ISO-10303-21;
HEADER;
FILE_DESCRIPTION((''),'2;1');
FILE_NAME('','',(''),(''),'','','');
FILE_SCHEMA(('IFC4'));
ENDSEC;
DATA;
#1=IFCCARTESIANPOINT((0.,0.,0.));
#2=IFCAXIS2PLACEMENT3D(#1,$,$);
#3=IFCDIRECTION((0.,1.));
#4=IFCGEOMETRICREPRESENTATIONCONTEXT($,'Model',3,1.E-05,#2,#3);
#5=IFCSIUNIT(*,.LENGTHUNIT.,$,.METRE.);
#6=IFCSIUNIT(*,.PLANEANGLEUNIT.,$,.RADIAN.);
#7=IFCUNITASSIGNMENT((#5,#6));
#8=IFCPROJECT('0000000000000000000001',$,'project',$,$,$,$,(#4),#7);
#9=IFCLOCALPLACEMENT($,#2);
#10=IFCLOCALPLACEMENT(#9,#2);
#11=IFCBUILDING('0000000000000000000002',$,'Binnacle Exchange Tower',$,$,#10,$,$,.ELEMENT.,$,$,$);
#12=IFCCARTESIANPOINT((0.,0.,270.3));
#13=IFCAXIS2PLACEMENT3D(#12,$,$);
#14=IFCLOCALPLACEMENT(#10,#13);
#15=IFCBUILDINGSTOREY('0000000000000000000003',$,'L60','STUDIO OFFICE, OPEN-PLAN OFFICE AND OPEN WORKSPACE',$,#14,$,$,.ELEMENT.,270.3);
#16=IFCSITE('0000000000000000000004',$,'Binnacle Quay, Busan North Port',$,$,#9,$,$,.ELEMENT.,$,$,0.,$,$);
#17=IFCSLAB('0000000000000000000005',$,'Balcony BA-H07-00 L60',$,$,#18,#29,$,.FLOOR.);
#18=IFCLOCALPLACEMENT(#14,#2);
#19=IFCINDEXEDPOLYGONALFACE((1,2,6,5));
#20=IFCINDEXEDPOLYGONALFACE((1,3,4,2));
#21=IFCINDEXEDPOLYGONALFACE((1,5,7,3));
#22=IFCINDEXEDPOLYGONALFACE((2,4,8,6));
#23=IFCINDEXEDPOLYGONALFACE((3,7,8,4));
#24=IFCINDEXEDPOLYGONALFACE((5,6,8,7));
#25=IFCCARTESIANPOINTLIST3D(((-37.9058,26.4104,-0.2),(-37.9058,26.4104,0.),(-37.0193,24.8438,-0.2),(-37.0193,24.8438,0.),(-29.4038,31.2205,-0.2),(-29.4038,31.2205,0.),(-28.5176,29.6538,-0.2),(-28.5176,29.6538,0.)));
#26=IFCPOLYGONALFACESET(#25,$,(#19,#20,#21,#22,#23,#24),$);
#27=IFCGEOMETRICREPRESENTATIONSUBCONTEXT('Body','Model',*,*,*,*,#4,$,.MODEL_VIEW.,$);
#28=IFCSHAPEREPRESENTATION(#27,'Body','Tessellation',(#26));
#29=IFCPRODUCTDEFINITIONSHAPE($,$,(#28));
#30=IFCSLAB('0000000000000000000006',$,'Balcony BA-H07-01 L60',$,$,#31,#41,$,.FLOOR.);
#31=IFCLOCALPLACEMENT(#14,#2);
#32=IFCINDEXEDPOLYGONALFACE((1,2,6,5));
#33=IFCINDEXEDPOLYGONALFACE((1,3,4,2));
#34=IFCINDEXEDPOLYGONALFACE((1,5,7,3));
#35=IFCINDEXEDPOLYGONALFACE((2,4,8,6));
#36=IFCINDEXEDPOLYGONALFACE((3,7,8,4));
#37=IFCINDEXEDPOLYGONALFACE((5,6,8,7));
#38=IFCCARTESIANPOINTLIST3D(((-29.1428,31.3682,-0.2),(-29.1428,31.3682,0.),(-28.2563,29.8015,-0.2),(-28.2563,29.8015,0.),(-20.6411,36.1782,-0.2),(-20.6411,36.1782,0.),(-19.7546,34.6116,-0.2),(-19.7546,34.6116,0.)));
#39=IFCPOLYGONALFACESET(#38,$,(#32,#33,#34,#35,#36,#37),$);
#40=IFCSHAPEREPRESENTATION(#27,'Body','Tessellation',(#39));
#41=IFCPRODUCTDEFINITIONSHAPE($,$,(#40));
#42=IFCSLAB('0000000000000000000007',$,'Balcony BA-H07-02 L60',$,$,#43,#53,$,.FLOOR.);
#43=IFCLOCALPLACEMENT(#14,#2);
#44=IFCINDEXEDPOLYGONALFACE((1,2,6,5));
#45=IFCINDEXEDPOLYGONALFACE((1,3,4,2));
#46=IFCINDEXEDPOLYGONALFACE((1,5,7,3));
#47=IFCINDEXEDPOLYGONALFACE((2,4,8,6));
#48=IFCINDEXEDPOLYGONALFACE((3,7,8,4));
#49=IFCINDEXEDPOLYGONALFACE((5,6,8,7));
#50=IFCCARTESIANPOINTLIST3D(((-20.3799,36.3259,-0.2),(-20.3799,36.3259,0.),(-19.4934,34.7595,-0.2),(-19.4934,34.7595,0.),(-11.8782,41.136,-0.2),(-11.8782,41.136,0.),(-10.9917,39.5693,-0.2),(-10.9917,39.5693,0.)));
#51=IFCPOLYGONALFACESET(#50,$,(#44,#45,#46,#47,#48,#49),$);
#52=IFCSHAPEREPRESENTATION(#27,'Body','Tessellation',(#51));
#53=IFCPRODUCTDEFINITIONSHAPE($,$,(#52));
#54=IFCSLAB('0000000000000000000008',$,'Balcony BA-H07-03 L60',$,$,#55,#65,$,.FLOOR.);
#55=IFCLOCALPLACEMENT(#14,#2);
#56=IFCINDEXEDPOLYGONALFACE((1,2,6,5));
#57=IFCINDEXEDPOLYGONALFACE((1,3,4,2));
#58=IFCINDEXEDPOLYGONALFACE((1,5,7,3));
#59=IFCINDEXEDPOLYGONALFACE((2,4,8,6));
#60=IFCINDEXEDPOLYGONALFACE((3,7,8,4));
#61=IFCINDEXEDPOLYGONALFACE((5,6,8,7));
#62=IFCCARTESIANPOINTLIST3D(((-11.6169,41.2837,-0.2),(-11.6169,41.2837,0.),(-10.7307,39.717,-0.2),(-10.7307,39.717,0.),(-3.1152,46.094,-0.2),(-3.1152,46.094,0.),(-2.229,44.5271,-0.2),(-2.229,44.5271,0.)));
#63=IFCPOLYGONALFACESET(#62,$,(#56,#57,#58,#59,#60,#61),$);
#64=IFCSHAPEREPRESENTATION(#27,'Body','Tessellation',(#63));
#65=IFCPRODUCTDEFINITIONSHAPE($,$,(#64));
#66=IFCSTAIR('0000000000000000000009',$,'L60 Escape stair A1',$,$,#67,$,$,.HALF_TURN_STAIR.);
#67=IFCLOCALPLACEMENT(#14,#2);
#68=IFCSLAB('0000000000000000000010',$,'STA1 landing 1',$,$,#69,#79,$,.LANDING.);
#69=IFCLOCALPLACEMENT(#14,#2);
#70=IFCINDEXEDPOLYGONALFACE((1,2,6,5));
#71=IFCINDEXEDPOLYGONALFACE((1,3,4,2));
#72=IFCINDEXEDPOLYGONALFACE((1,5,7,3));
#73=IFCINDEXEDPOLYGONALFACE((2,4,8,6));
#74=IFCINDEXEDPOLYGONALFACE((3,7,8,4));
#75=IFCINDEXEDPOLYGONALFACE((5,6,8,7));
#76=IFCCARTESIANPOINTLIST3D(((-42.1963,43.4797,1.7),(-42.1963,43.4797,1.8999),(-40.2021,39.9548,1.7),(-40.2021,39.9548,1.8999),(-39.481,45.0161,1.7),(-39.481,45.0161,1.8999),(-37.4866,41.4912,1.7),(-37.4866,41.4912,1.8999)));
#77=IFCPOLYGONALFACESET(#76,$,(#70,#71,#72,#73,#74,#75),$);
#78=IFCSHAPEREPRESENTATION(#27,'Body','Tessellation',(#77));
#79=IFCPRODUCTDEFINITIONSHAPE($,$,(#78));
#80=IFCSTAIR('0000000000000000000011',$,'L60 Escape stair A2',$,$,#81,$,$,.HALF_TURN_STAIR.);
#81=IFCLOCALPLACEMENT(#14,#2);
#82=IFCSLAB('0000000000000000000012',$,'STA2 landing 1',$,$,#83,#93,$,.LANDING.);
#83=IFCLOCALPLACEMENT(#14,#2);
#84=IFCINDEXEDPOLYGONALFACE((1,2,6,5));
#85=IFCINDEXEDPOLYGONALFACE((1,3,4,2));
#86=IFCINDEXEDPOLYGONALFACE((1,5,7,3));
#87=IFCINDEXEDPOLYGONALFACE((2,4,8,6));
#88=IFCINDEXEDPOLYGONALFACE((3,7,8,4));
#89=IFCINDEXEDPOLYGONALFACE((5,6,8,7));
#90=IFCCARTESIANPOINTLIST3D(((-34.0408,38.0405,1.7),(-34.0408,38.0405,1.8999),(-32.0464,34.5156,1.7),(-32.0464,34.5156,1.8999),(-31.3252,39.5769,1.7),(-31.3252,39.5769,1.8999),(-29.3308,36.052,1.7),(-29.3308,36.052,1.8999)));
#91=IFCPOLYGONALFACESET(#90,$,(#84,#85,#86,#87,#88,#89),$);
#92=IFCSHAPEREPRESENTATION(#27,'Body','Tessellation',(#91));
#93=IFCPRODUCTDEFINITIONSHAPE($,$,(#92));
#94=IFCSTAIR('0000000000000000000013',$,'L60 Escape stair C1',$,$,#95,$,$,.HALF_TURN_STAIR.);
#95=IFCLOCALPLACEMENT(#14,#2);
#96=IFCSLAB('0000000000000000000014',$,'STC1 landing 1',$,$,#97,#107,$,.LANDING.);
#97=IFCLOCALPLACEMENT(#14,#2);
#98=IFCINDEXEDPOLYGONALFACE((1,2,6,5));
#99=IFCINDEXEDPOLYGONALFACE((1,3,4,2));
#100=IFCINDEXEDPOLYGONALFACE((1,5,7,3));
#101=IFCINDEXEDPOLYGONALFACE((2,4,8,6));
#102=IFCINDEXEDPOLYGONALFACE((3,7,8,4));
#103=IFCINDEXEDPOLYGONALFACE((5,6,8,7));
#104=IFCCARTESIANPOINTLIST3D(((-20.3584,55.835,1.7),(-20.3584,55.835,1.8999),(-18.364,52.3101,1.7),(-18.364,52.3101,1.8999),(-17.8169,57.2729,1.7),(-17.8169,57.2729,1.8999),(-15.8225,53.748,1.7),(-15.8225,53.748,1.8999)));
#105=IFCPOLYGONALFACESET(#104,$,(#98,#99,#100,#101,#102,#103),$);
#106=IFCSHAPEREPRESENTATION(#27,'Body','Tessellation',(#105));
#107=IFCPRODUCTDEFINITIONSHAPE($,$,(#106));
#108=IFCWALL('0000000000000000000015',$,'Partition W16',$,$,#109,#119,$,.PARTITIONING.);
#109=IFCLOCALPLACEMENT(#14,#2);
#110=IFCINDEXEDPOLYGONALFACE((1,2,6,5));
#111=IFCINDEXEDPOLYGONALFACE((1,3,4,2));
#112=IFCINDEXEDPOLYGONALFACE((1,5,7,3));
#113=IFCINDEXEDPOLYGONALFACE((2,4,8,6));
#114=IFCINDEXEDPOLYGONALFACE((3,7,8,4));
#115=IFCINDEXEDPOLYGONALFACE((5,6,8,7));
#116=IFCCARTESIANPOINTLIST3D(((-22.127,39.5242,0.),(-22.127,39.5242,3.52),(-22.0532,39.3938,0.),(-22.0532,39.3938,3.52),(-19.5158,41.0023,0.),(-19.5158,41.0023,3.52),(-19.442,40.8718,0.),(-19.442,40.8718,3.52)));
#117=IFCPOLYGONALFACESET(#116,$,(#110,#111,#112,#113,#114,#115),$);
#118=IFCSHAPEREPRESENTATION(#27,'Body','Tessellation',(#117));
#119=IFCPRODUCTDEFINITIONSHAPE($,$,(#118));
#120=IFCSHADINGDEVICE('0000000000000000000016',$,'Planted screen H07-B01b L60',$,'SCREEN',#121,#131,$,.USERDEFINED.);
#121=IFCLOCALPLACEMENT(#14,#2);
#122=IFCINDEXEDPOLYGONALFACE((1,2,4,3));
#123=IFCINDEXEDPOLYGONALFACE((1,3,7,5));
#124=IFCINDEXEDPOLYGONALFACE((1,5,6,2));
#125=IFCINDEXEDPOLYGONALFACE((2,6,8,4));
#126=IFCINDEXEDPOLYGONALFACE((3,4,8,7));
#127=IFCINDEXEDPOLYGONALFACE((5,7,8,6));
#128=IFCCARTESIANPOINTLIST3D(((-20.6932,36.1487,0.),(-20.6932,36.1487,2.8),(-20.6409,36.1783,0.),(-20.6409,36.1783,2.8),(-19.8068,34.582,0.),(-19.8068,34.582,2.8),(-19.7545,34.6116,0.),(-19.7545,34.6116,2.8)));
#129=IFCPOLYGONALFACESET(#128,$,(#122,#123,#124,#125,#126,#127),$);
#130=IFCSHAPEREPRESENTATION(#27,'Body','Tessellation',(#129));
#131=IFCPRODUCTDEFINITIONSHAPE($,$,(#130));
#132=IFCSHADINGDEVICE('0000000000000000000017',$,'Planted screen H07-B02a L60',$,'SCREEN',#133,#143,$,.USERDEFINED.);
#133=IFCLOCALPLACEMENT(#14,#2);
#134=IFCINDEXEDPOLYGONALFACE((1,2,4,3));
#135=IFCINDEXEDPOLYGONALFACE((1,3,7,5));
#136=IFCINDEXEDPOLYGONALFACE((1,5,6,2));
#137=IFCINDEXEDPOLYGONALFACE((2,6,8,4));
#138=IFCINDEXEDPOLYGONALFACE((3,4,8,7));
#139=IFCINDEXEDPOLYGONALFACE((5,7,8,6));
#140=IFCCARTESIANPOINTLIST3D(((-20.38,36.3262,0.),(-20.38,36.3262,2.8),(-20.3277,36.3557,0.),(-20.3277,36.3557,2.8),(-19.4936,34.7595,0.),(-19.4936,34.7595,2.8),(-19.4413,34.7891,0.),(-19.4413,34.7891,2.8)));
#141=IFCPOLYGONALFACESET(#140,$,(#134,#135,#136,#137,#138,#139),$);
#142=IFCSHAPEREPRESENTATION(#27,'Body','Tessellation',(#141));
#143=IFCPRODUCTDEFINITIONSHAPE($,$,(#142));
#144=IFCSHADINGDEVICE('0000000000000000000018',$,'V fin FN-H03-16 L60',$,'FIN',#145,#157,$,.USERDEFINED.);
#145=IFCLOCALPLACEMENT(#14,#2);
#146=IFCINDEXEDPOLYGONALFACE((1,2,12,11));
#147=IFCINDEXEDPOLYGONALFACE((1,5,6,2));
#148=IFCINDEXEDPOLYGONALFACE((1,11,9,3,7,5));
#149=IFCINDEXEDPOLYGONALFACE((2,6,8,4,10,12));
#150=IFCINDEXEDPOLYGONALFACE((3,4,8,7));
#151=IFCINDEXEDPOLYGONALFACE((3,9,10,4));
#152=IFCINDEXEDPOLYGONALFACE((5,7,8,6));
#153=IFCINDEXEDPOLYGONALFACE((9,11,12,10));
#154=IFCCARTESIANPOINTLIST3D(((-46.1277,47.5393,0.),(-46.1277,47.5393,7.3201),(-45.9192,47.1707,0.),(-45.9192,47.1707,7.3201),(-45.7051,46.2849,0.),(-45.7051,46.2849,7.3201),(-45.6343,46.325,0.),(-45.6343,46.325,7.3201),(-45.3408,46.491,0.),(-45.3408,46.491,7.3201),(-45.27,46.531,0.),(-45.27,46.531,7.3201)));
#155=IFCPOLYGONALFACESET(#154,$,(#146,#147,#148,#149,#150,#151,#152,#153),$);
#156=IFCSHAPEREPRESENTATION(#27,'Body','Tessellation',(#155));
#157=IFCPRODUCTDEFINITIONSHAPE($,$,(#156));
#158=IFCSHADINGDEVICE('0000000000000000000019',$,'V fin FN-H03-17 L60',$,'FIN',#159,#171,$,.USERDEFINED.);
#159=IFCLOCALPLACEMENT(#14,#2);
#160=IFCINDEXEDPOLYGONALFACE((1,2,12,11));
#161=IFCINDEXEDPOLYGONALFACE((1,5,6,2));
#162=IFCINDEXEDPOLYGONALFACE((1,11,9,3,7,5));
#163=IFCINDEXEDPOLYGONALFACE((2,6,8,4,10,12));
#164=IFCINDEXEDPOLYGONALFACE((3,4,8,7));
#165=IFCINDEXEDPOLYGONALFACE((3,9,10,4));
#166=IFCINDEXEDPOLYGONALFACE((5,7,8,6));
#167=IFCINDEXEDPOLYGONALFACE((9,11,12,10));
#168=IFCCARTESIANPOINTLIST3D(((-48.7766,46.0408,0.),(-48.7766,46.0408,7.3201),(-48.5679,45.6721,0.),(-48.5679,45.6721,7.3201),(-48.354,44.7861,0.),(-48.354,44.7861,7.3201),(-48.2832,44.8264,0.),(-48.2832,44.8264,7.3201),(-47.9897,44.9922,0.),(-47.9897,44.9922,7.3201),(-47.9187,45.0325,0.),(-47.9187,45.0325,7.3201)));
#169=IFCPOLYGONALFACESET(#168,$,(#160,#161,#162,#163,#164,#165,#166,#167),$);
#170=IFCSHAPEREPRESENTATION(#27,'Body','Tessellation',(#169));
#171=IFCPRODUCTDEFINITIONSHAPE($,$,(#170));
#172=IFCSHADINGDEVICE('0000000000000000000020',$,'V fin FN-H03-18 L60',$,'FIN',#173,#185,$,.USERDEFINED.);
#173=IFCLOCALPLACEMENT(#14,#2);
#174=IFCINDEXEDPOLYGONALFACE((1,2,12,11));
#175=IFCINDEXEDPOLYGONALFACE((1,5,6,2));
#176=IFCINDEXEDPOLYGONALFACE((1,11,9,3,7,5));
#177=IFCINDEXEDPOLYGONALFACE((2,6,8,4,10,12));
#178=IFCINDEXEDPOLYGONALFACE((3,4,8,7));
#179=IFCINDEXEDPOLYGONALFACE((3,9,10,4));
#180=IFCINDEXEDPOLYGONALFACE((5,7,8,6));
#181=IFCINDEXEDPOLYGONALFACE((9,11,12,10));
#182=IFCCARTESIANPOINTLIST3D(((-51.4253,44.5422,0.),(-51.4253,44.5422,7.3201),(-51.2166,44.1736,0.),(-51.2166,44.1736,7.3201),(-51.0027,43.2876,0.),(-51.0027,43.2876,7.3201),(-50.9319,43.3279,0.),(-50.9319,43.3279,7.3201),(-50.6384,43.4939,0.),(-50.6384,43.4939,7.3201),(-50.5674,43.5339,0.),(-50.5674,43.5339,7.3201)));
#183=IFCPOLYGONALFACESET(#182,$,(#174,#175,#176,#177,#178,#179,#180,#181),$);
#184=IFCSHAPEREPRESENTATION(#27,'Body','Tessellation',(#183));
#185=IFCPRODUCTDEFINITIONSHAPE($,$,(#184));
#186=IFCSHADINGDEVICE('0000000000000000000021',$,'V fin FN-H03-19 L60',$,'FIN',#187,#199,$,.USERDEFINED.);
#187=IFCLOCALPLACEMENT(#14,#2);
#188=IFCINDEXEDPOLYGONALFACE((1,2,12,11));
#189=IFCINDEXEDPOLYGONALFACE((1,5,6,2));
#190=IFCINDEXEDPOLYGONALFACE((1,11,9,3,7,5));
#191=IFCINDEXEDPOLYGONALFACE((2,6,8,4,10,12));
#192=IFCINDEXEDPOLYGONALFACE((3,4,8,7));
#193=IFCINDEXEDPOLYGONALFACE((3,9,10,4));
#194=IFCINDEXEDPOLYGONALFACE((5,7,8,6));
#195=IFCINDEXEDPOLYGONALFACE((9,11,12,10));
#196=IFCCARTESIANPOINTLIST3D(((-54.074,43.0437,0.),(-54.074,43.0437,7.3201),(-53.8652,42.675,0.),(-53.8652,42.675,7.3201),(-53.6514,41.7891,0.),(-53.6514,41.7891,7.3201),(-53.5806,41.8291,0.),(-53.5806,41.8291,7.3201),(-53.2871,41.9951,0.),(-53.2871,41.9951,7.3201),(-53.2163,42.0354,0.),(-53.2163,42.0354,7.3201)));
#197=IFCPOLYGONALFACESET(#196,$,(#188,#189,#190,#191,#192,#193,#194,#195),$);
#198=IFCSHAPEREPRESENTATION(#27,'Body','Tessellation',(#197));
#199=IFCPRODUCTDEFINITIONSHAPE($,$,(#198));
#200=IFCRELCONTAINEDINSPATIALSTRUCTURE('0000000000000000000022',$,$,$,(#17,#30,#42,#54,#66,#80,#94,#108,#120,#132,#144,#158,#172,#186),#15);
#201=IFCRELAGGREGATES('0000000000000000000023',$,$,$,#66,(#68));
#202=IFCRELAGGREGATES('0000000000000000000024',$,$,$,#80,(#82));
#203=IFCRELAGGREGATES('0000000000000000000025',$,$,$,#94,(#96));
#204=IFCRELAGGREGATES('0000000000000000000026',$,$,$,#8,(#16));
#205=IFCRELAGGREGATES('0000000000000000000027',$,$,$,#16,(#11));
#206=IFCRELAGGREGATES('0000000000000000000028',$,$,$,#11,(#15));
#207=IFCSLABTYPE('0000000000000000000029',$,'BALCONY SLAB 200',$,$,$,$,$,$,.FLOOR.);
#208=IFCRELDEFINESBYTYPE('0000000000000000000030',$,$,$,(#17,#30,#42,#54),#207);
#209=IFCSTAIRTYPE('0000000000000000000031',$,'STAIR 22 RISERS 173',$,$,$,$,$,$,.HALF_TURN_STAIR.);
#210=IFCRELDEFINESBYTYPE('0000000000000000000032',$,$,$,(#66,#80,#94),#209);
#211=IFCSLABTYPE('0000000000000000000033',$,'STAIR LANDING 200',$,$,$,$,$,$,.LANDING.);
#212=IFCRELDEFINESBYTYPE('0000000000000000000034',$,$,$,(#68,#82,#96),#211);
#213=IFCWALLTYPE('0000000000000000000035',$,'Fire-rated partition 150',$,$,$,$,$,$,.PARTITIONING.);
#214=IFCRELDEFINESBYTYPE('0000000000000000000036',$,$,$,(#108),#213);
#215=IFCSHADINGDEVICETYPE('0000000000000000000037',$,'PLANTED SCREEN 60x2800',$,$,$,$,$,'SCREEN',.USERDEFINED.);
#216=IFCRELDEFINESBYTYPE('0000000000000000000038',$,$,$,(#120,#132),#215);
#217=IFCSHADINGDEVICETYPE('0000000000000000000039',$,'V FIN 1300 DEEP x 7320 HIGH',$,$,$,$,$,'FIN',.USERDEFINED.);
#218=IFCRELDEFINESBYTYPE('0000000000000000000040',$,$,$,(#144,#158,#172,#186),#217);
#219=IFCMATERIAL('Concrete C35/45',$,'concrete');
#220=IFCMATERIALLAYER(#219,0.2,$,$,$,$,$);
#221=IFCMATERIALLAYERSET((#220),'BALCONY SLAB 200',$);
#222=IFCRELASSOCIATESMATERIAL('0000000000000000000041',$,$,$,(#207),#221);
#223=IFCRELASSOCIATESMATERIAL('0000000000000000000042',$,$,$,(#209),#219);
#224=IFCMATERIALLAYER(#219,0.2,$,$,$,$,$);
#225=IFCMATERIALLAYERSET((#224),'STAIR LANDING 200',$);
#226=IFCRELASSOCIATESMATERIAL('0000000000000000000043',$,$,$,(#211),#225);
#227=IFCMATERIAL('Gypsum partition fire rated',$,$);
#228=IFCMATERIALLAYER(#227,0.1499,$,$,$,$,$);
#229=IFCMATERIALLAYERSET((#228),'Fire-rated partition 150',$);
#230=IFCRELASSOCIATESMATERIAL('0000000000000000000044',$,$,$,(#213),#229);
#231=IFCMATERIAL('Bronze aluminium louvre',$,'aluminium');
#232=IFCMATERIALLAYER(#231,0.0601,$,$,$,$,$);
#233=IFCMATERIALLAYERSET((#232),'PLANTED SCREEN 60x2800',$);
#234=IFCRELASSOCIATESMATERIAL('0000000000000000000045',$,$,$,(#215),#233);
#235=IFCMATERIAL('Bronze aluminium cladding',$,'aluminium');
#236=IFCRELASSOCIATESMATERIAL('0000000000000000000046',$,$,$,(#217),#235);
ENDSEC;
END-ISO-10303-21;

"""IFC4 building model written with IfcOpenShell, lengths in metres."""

from ifc_helpers import new_model, si_unit, direction, frame, frame_2d, origin, origin_2d, place, context, subcontext, project, spatial, polyline, rectangle, outline, extrude, material, layer, layer_set, type_object, element, aggregate, save


model = new_model("IFC4")

# Units and contexts
model_context = context("Model", 3, precision=1e-05, world=origin(), true_north=direction((0.0, 1.0)))
body_context = subcontext(model_context, "Body", "Model", "MODEL_VIEW")
ifc_project = project(units=[si_unit("LENGTHUNIT", "METRE"), si_unit("PLANEANGLEUNIT", "RADIAN")], contexts=[model_context])

# Site, building, storey
site_placement = place(None, origin())
site = spatial("IfcSite", under=ifc_project, at=site_placement, Name="Binnacle Quay, Busan North Port", CompositionType="ELEMENT", RefElevation=0.0)
building_placement = place(site_placement, origin())
building = spatial("IfcBuilding", under=site, at=building_placement, Name="Binnacle Exchange Tower", CompositionType="ELEMENT")
storey_placement = place(building_placement, frame((0.0, 0.0, 270.3)))
storey = spatial("IfcBuildingStorey", under=building, at=storey_placement, Name="L60", Description="STUDIO OFFICE, OPEN-PLAN OFFICE AND OPEN WORKSPACE", CompositionType="ELEMENT", Elevation=270.3)

# Slabs
ifc_material_1 = material(Name="Concrete C35/45", Category="concrete")
ifc_layer_1 = layer(ifc_material_1, 0.2)
ifc_layer_set_1 = layer_set([ifc_layer_1], Name="BALCONY SLAB 200")
slab_type_1 = type_object("IfcSlabType", Name="BALCONY SLAB 200", PredefinedType="FLOOR", material=ifc_layer_set_1)
slab_1_placement = place(storey_placement, frame((0.0, 0.0, -0.2)))
element("IfcSlab", 1, at=slab_1_placement, inside=storey, type_object=slab_type_1, Name="Balcony BA-H07-00 L60", PredefinedType="FLOOR", context=body_context, shape_type="SweptSolid", body=[
    extrude(outline(polyline([(-37.9058, 26.4104), (-29.4038, 31.2205), (-28.5176, 29.6538), (-37.0193, 24.8438), (-37.9058, 26.4104)])), origin(), (0.0, 0.0, 1.0), 0.2),
])
slab_2_placement = place(storey_placement, frame((0.0, 0.0, -0.2)))
element("IfcSlab", 2, at=slab_2_placement, inside=storey, type_object=slab_type_1, Name="Balcony BA-H07-01 L60", PredefinedType="FLOOR", context=body_context, shape_type="SweptSolid", body=[
    extrude(outline(polyline([(-29.1428, 31.3682), (-20.6411, 36.1782), (-19.7546, 34.6116), (-28.2563, 29.8015), (-29.1428, 31.3682)])), origin(), (0.0, 0.0, 1.0), 0.2),
])
slab_3_placement = place(storey_placement, frame((0.0, 0.0, -0.2)))
element("IfcSlab", 3, at=slab_3_placement, inside=storey, type_object=slab_type_1, Name="Balcony BA-H07-02 L60", PredefinedType="FLOOR", context=body_context, shape_type="SweptSolid", body=[
    extrude(outline(polyline([(-20.3799, 36.3259), (-11.8782, 41.136), (-10.9917, 39.5693), (-19.4934, 34.7595), (-20.3799, 36.3259)])), origin(), (0.0, 0.0, 1.0), 0.2),
])
slab_4_placement = place(storey_placement, frame((0.0, 0.0, -0.2)))
element("IfcSlab", 4, at=slab_4_placement, inside=storey, type_object=slab_type_1, Name="Balcony BA-H07-03 L60", PredefinedType="FLOOR", context=body_context, shape_type="SweptSolid", body=[
    extrude(outline(polyline([(-11.6169, 41.2837), (-3.1152, 46.094), (-2.229, 44.5271), (-10.7307, 39.717), (-11.6169, 41.2837)])), origin(), (0.0, 0.0, 1.0), 0.2),
])

# Stairs, slabs
stair_type = type_object("IfcStairType", Name="STAIR 22 RISERS 173", PredefinedType="HALF_TURN_STAIR", material=ifc_material_1)
stair_1_placement = place(storey_placement, origin())
stair_1 = element("IfcStair", 5, at=stair_1_placement, inside=storey, type_object=stair_type, Name="L60 Escape stair A1", PredefinedType="HALF_TURN_STAIR")
ifc_layer_2 = layer(ifc_material_1, 0.2)
ifc_layer_set_2 = layer_set([ifc_layer_2], Name="STAIR LANDING 200")
slab_type_2 = type_object("IfcSlabType", Name="STAIR LANDING 200", PredefinedType="LANDING", material=ifc_layer_set_2)
slab_5_placement = place(storey_placement, frame((0.0, 0.0, 1.7)))
slab_5 = element("IfcSlab", 6, at=slab_5_placement, type_object=slab_type_2, Name="STA1 landing 1", PredefinedType="LANDING", context=body_context, shape_type="SweptSolid", body=[
    extrude(outline(polyline([(-40.2021, 39.9548), (-37.4866, 41.4912), (-39.481, 45.0161), (-42.1963, 43.4797), (-40.2021, 39.9548)])), origin(), (0.0, 0.0, 1.0), 0.2),
])
aggregate(stair_1, [slab_5])
stair_2_placement = place(storey_placement, origin())
stair_2 = element("IfcStair", 7, at=stair_2_placement, inside=storey, type_object=stair_type, Name="L60 Escape stair A2", PredefinedType="HALF_TURN_STAIR")
slab_6_placement = place(storey_placement, frame((0.0, 0.0, 1.7)))
slab_6 = element("IfcSlab", 8, at=slab_6_placement, type_object=slab_type_2, Name="STA2 landing 1", PredefinedType="LANDING", context=body_context, shape_type="SweptSolid", body=[
    extrude(outline(polyline([(-31.3252, 39.5769), (-34.0408, 38.0405), (-32.0464, 34.5156), (-29.3308, 36.052), (-31.3252, 39.5769)])), origin(), (0.0, 0.0, 1.0), 0.2),
])
aggregate(stair_2, [slab_6])
stair_3_placement = place(storey_placement, origin())
stair_3 = element("IfcStair", 9, at=stair_3_placement, inside=storey, type_object=stair_type, Name="L60 Escape stair C1", PredefinedType="HALF_TURN_STAIR")
slab_7_placement = place(storey_placement, frame((0.0, 0.0, 1.7)))
slab_7 = element("IfcSlab", 10, at=slab_7_placement, type_object=slab_type_2, Name="STC1 landing 1", PredefinedType="LANDING", context=body_context, shape_type="SweptSolid", body=[
    extrude(outline(polyline([(-18.364, 52.3101), (-15.8225, 53.748), (-17.8169, 57.2729), (-20.3584, 55.835), (-18.364, 52.3101)])), origin(), (0.0, 0.0, 1.0), 0.2),
])
aggregate(stair_3, [slab_7])

# Wall
ifc_material_2 = material(Name="Gypsum partition fire rated")
ifc_layer_3 = layer(ifc_material_2, 0.1499)
ifc_layer_set_3 = layer_set([ifc_layer_3], Name="Fire-rated partition 150")
wall_type = type_object("IfcWallType", Name="Fire-rated partition 150", PredefinedType="PARTITIONING", material=ifc_layer_set_3)
wall_placement = place(storey_placement, frame((-22.0901, 39.459, 0.0), z_axis=(0.0, 0.0, 1.0), x_axis=(0.870249, 0.492612, 0.0)))
element("IfcWall", 11, at=wall_placement, inside=storey, type_object=wall_type, Name="Partition W16", PredefinedType="PARTITIONING", context=body_context, shape_type="SweptSolid", body=[
    extrude(rectangle(XDim=3.0005, YDim=0.1499, at=frame_2d((1.5002, 0.0))), origin(), (0.0, 0.0, 1.0), 3.52),
])

# Shading devices
ifc_material_3 = material(Name="Bronze aluminium louvre", Category="aluminium")
ifc_layer_4 = layer(ifc_material_3, 0.0601)
ifc_layer_set_4 = layer_set([ifc_layer_4], Name="PLANTED SCREEN 60x2800")
shading_device_type_1 = type_object("IfcShadingDeviceType", Name="PLANTED SCREEN 60x2800", ElementType="SCREEN", PredefinedType="USERDEFINED", material=ifc_layer_set_4)
for number, where, z_axis, x_axis, name in (
    (12, (-20.2239, 35.3801, 0.0), (0.0, 0.0, 1.0), (0.870356, 0.492424, 0.0), "Planted screen H07-B01b L60"),
    (13, (-19.9106, 35.5576, 0.0), (0.0, 0.0, 1.0), (0.870356, 0.492424, 0.0), "Planted screen H07-B02a L60"),
):
    element("IfcShadingDevice", number, at=place(storey_placement, frame(where, z_axis=z_axis, x_axis=x_axis)), inside=storey, type_object=shading_device_type_1, Name=name, ObjectType="SCREEN", PredefinedType="USERDEFINED", context=body_context, shape_type="SweptSolid", body=[
        extrude(rectangle(XDim=0.0601, YDim=1.8, at=origin_2d()), origin(), (0.0, 0.0, 1.0), 2.8),
    ])
ifc_material_4 = material(Name="Bronze aluminium cladding", Category="aluminium")
shading_device_type_2 = type_object("IfcShadingDeviceType", Name="V FIN 1300 DEEP x 7320 HIGH", ElementType="FIN", PredefinedType="USERDEFINED", material=ifc_material_4)
shading_device_1_placement = place(storey_placement, origin())
element("IfcShadingDevice", 14, at=shading_device_1_placement, inside=storey, type_object=shading_device_type_2, Name="V fin FN-H03-16 L60", ObjectType="FIN", PredefinedType="USERDEFINED", context=body_context, shape_type="SweptSolid", body=[
    extrude(outline(polyline([(-45.27, 46.531), (-46.1277, 47.5393), (-45.7051, 46.2849), (-45.6343, 46.325), (-45.9192, 47.1707), (-45.3408, 46.491), (-45.27, 46.531)])), origin(), (0.0, 0.0, 1.0), 7.3201),
])
shading_device_2_placement = place(storey_placement, origin())
element("IfcShadingDevice", 15, at=shading_device_2_placement, inside=storey, type_object=shading_device_type_2, Name="V fin FN-H03-17 L60", ObjectType="FIN", PredefinedType="USERDEFINED", context=body_context, shape_type="SweptSolid", body=[
    extrude(outline(polyline([(-47.9187, 45.0325), (-48.7766, 46.0408), (-48.354, 44.7861), (-48.2832, 44.8264), (-48.5679, 45.6721), (-47.9897, 44.9922), (-47.9187, 45.0325)])), origin(), (0.0, 0.0, 1.0), 7.3201),
])
shading_device_3_placement = place(storey_placement, origin())
element("IfcShadingDevice", 16, at=shading_device_3_placement, inside=storey, type_object=shading_device_type_2, Name="V fin FN-H03-18 L60", ObjectType="FIN", PredefinedType="USERDEFINED", context=body_context, shape_type="SweptSolid", body=[
    extrude(outline(polyline([(-50.5674, 43.5339), (-51.4253, 44.5422), (-51.0027, 43.2876), (-50.9319, 43.3279), (-51.2166, 44.1736), (-50.6384, 43.4939), (-50.5674, 43.5339)])), origin(), (0.0, 0.0, 1.0), 7.3201),
])
shading_device_4_placement = place(storey_placement, origin())
element("IfcShadingDevice", 17, at=shading_device_4_placement, inside=storey, type_object=shading_device_type_2, Name="V fin FN-H03-19 L60", ObjectType="FIN", PredefinedType="USERDEFINED", context=body_context, shape_type="SweptSolid", body=[
    extrude(outline(polyline([(-53.2163, 42.0354), (-54.074, 43.0437), (-53.6514, 41.7891), (-53.5806, 41.8291), (-53.8652, 42.675), (-53.2871, 41.9951), (-53.2163, 42.0354)])), origin(), (0.0, 0.0, 1.0), 7.3201),
])

save(model, "model.ifc")
